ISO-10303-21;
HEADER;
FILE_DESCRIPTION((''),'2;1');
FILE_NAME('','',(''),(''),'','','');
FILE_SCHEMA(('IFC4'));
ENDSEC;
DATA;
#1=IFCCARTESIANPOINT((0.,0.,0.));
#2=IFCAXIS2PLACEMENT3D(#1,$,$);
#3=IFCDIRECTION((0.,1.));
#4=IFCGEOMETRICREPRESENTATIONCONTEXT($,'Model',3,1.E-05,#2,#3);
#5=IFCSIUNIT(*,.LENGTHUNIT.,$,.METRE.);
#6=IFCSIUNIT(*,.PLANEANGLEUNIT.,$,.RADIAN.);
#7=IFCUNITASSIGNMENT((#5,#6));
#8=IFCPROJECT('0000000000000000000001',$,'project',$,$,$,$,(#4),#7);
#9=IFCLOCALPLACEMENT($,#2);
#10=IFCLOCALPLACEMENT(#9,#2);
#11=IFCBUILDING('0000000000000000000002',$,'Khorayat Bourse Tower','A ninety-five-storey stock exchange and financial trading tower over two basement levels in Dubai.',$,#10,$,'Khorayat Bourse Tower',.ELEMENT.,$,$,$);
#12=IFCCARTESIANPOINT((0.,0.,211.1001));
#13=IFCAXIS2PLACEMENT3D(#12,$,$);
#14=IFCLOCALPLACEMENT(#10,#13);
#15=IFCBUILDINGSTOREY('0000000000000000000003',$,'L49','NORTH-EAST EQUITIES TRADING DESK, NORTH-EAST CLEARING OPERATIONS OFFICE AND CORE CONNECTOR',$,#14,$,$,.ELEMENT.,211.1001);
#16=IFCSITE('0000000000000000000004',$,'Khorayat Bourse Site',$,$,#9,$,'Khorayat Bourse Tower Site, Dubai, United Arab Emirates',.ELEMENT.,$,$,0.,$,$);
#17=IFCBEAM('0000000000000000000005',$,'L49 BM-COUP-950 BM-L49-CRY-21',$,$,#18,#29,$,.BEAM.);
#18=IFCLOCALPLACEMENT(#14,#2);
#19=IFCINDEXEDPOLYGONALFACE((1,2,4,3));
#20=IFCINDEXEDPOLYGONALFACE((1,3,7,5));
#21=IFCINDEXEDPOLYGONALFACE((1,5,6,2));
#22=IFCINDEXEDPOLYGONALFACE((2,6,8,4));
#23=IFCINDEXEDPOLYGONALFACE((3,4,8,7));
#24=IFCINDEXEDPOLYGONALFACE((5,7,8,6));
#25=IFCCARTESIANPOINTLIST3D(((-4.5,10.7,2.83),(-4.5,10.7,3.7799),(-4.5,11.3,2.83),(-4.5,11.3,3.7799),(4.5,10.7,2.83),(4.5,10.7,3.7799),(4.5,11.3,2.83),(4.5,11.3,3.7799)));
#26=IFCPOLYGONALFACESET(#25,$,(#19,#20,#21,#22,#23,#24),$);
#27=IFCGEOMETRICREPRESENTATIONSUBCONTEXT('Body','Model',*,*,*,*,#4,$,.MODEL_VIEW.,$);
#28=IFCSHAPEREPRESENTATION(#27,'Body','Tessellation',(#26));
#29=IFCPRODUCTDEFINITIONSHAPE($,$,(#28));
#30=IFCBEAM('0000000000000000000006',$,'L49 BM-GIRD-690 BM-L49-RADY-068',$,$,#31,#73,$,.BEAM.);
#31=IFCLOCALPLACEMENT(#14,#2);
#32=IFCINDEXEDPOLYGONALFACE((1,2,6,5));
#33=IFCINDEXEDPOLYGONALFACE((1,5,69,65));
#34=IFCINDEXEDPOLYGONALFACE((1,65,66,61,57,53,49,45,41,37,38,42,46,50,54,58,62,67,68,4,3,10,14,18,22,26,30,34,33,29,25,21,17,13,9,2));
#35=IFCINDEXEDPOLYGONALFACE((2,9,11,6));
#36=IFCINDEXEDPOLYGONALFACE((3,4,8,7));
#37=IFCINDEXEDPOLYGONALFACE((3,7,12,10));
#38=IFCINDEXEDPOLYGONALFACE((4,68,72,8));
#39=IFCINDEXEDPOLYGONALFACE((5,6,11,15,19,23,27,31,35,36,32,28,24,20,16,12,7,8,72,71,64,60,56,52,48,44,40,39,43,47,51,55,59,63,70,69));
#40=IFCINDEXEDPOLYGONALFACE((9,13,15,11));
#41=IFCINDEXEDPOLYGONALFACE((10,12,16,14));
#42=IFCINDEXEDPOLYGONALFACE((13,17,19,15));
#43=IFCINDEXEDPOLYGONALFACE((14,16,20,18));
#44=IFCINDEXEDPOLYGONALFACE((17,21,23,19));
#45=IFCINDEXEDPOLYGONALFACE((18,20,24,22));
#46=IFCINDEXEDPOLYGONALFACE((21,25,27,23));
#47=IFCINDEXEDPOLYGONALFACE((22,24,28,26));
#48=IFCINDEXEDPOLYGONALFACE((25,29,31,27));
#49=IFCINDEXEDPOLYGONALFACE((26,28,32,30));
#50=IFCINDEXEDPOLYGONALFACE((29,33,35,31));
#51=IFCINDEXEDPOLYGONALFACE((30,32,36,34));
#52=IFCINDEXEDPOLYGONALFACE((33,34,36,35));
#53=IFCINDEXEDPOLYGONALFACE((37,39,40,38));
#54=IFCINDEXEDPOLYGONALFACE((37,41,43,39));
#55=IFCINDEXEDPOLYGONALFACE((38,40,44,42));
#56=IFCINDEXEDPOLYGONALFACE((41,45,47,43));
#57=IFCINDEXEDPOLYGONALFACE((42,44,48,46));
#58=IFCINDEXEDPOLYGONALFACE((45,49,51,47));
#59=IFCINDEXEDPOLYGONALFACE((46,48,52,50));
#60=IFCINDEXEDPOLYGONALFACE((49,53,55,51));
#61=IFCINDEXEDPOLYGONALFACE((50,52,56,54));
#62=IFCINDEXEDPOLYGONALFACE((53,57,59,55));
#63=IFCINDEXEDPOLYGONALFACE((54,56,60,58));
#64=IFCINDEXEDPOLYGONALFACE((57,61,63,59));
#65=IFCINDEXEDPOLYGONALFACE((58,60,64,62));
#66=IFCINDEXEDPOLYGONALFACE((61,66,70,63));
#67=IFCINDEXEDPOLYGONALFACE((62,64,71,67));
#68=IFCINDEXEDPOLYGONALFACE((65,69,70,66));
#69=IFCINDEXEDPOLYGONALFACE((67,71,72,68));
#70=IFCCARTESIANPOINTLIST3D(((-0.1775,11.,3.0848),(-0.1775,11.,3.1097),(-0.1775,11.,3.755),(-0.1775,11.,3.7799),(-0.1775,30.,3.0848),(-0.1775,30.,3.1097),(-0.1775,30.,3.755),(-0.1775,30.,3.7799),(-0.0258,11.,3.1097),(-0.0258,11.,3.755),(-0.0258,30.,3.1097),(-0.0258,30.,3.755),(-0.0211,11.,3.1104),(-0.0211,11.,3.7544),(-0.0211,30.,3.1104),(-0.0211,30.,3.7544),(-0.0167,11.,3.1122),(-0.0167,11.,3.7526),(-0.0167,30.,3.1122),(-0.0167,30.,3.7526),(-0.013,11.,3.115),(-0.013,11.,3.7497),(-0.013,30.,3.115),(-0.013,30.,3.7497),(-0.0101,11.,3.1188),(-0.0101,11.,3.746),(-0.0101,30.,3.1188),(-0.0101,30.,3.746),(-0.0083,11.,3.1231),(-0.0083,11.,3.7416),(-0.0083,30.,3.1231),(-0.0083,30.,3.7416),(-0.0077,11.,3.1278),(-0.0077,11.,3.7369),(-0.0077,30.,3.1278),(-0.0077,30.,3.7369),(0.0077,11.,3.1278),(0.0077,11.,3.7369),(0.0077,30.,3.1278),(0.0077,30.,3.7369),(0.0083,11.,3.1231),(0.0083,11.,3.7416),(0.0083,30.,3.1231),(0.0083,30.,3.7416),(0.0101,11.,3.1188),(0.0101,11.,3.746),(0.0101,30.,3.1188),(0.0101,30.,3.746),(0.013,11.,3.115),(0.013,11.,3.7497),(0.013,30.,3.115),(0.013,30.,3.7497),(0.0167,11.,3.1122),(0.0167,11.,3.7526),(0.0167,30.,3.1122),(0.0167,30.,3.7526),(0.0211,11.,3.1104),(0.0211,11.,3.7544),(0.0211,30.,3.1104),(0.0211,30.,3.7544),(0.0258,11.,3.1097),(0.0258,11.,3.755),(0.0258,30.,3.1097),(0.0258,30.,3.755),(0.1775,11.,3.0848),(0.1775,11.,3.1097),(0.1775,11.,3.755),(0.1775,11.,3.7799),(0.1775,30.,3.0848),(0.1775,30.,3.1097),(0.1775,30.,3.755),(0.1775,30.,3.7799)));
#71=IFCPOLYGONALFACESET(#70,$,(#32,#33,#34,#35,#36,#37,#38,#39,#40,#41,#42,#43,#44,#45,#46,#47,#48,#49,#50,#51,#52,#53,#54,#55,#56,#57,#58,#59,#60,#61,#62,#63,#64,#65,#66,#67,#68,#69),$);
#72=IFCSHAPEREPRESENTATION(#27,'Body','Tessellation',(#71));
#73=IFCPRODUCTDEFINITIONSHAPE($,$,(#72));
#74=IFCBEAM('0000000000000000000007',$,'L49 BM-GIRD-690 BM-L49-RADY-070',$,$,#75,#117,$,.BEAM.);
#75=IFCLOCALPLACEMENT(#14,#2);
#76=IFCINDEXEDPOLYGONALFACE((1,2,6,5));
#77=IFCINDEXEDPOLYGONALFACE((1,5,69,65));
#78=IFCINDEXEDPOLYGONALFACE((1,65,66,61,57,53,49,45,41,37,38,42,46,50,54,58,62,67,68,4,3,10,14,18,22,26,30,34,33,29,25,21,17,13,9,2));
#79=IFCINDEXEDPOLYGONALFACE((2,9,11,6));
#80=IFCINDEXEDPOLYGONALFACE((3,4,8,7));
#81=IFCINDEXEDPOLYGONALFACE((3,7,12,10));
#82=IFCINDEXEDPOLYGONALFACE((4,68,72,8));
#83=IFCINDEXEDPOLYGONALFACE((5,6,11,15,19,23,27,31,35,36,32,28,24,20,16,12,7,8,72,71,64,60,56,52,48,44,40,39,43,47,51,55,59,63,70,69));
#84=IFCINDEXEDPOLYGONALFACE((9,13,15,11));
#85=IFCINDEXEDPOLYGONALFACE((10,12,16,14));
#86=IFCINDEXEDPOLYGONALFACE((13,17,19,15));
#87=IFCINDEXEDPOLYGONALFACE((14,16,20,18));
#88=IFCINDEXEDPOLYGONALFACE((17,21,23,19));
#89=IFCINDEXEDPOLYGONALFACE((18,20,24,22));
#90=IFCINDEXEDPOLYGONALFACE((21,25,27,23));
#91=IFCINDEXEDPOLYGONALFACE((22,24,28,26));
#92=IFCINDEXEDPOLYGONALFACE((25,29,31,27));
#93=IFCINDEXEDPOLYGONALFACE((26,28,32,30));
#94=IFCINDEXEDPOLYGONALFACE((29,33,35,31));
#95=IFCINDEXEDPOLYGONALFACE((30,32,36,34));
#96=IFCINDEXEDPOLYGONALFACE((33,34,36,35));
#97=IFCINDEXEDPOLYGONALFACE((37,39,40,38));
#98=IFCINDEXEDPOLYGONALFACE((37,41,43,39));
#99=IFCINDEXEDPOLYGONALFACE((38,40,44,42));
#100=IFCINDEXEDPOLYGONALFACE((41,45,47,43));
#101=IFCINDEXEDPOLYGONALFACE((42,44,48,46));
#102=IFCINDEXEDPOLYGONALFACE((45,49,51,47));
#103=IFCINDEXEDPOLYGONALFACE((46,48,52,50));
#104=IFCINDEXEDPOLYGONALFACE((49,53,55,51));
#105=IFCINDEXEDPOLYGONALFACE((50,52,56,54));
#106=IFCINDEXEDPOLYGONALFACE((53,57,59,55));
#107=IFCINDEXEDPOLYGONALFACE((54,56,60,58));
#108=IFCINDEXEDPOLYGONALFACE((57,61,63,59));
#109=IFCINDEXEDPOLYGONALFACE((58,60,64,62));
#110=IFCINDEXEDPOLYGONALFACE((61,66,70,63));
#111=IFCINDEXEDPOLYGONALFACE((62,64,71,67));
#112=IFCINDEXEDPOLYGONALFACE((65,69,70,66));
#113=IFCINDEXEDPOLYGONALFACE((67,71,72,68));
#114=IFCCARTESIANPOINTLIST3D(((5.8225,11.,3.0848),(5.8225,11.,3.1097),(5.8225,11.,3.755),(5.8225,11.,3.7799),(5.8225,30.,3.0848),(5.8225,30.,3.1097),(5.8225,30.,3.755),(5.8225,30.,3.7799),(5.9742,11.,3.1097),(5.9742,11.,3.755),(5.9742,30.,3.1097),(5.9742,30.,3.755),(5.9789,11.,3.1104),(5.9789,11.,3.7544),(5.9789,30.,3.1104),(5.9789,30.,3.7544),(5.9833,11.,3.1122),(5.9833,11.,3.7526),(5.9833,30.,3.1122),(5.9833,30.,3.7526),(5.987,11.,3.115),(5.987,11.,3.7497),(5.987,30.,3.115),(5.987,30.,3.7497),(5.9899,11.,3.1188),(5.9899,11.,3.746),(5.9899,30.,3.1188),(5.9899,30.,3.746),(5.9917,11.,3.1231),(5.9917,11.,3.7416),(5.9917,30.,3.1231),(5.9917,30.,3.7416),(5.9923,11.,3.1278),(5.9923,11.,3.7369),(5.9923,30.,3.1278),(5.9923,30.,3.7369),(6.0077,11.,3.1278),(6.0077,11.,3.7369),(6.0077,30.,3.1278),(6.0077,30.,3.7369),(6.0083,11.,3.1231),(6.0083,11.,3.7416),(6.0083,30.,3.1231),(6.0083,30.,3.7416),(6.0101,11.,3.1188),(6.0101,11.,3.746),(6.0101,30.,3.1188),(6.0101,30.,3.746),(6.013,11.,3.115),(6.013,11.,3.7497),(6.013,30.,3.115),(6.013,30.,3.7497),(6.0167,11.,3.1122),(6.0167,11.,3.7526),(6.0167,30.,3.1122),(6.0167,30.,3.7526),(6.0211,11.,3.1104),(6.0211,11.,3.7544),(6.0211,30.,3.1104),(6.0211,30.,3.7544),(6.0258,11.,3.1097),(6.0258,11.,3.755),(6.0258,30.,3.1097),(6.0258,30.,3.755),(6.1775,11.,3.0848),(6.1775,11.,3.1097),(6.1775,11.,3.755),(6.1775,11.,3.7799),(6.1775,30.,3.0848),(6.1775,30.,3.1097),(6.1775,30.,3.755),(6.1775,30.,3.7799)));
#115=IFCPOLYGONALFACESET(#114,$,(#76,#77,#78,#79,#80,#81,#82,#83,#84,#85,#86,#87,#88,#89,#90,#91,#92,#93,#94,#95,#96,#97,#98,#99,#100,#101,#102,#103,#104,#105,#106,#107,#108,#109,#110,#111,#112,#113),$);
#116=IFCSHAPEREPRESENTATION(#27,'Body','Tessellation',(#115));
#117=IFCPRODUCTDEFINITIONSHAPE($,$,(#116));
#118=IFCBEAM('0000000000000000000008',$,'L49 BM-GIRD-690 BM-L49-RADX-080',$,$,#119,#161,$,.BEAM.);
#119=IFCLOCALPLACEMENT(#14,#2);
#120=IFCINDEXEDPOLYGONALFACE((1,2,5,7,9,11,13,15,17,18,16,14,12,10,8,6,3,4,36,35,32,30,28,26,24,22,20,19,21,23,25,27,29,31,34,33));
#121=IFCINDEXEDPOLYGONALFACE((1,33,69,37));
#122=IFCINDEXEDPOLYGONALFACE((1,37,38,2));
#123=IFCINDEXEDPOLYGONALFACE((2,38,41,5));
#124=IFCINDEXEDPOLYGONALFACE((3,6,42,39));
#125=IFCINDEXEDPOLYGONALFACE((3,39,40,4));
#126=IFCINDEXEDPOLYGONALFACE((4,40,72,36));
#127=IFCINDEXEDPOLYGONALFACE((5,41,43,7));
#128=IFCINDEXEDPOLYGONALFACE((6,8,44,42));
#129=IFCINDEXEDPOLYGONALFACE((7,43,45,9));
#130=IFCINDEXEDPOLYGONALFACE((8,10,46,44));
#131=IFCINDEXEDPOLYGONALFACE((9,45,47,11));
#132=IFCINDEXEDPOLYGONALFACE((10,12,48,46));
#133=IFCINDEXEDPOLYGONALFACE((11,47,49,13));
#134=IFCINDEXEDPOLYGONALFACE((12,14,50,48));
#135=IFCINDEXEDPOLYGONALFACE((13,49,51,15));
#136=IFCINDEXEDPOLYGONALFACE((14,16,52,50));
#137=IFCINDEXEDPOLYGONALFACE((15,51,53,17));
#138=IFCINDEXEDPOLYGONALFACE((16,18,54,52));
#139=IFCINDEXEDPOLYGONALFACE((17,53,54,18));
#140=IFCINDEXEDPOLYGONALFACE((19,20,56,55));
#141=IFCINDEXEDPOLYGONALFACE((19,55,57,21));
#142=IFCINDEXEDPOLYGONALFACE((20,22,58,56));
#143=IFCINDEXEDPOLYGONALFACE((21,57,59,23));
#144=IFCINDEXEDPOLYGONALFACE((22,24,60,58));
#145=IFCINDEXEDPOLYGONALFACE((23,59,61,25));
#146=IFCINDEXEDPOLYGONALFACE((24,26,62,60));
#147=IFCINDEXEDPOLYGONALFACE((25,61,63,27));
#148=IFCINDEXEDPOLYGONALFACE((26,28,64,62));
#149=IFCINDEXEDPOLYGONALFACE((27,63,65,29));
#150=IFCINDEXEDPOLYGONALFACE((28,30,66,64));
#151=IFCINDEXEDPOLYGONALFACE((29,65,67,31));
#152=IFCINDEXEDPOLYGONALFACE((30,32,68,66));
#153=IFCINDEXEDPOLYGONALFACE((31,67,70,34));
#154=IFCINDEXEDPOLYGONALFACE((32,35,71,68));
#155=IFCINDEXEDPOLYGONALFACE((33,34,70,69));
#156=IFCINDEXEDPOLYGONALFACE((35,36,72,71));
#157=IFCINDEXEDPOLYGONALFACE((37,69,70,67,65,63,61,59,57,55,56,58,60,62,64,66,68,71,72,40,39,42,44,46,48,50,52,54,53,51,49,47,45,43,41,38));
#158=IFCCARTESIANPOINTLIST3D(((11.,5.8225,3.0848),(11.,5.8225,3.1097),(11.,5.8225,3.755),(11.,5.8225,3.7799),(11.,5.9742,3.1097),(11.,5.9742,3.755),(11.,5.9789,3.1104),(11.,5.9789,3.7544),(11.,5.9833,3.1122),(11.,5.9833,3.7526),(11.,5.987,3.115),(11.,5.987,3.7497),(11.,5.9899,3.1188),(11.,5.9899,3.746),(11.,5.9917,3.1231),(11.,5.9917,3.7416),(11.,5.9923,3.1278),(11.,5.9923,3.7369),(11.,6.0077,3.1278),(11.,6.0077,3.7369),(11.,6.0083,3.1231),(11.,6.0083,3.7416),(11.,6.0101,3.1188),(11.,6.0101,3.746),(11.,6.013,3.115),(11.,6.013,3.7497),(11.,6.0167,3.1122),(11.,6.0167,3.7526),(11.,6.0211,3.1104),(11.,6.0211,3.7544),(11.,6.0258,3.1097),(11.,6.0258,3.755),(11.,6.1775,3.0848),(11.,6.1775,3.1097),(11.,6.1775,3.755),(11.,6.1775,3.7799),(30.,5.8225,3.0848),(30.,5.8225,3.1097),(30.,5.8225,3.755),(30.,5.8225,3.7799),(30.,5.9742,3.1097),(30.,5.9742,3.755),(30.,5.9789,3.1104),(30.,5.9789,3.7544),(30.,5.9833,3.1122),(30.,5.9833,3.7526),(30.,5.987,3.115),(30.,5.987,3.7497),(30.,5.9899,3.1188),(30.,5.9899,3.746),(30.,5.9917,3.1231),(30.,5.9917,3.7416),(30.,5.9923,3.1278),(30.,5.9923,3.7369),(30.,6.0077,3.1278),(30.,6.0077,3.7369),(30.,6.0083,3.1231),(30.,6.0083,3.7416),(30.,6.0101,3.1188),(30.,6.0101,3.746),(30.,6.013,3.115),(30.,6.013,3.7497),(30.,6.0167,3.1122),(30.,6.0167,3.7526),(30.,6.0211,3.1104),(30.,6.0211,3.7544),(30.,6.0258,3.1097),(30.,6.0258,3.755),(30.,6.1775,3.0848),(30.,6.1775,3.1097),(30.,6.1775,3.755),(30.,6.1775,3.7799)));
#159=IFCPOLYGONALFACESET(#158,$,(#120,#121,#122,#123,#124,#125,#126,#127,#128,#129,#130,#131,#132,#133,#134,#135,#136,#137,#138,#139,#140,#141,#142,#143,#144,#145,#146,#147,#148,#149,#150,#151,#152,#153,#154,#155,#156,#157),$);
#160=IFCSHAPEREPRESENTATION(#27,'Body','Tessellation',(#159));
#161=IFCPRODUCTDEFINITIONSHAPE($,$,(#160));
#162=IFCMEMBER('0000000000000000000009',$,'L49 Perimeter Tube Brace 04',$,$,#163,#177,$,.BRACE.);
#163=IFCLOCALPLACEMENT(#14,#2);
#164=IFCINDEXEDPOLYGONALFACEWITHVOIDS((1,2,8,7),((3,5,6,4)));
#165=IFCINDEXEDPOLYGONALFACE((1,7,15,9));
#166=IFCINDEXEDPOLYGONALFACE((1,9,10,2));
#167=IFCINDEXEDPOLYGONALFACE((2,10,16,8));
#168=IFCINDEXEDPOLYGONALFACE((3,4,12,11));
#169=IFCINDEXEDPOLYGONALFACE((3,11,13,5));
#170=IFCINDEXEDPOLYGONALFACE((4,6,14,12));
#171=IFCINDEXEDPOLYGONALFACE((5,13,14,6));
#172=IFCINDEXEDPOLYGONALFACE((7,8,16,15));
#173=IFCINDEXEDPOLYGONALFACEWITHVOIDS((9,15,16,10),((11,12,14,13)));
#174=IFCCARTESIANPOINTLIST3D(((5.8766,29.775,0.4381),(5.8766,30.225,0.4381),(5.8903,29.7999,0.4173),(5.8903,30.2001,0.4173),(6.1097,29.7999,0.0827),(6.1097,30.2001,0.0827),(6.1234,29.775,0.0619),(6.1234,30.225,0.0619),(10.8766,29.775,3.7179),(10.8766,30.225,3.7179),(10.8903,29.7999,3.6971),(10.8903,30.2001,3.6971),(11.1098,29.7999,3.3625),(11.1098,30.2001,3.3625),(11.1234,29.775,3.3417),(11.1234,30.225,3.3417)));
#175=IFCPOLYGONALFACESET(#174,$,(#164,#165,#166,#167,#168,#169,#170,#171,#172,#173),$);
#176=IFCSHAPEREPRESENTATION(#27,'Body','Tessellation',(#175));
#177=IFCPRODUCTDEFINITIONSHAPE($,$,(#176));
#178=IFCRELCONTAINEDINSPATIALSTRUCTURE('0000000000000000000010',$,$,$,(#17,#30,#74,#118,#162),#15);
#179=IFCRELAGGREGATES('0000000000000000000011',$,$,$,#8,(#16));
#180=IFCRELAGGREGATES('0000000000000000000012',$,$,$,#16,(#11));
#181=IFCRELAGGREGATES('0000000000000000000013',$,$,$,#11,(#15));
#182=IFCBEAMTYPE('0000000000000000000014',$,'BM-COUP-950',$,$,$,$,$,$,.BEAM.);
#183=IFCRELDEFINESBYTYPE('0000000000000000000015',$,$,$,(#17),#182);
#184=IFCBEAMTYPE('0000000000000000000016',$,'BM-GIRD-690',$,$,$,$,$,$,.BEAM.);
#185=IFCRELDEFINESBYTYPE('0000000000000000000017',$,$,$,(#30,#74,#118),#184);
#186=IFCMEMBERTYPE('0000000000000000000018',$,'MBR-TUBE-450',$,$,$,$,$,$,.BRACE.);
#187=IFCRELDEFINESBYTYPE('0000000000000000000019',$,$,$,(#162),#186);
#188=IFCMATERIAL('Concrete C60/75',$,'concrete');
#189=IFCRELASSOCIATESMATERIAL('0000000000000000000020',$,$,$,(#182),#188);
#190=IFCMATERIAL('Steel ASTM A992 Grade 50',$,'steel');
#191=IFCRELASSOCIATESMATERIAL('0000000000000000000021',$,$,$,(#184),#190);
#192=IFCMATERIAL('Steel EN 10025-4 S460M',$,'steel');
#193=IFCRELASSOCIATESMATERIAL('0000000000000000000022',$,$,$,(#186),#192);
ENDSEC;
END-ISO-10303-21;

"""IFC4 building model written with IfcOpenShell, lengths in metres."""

from ifc_helpers import new_model, si_unit, direction, frame, origin, origin_2d, place, context, subcontext, project, spatial, rectangle, hollow_rectangle, i_section, extrude, source, transform, mapped, material, material_profile, profile_set, type_object, element, save


model = new_model("IFC4")

# Units and contexts
model_context = context("Model", 3, precision=1e-05, world=origin(), true_north=direction((0.0, 1.0)))
body_context = subcontext(model_context, "Body", "Model", "MODEL_VIEW")
ifc_project = project(units=[si_unit("LENGTHUNIT", "METRE"), si_unit("PLANEANGLEUNIT", "RADIAN")], contexts=[model_context])

# Site, building, storey
site_placement = place(None, origin())
site = spatial("IfcSite", under=ifc_project, at=site_placement, Name="Khorayat Bourse Site", LongName="Khorayat Bourse Tower Site, Dubai, United Arab Emirates", CompositionType="ELEMENT", RefElevation=0.0)
building_placement = place(site_placement, origin())
building = spatial("IfcBuilding", under=site, at=building_placement, Name="Khorayat Bourse Tower", Description="A ninety-five-storey stock exchange and financial trading tower over two basement levels in Dubai.", LongName="Khorayat Bourse Tower", CompositionType="ELEMENT")
storey_placement = place(building_placement, frame((0.0, 0.0, 211.1001)))
storey = spatial("IfcBuildingStorey", under=building, at=storey_placement, Name="L49", Description="NORTH-EAST EQUITIES TRADING DESK, NORTH-EAST CLEARING OPERATIONS OFFICE AND CORE CONNECTOR", CompositionType="ELEMENT", Elevation=211.1001)

# Shared definitions
ifc_material_1 = material(Name="Concrete C60/75", Category="concrete")
ifc_material_2 = material(Name="Steel EN 10025-4 S460M", Category="steel")

# Beams
ifc_material_3 = material(Name="Steel ASTM A992 Grade 50", Category="steel")
ifc_material_profile_1 = material_profile(ifc_material_1, rectangle(XDim=0.6001, YDim=0.95, at=origin_2d()), Name="RC 600x950")
ifc_profile_set_1 = profile_set([ifc_material_profile_1], Name="Concrete C60/75")
beam_type_1 = type_object("IfcBeamType", Name="BM-COUP-950", PredefinedType="BEAM", material=ifc_profile_set_1)
shared_shape_1 = source(origin(), body_context, "Body", "SweptSolid", [
    extrude(rectangle(XDim=0.6001, YDim=0.95, at=origin_2d()), origin(), (0.0, 0.0, 1.0), 9.0),
])
beam_1_placement = place(storey_placement, frame((-4.5, 11.0, 3.3049), z_axis=(1.0, 0.0, 0.0), x_axis=(0.0, 1.0, 0.0)))
element("IfcBeam", 1, at=beam_1_placement, inside=storey, type_object=beam_type_1, Name="L49 BM-COUP-950 BM-L49-CRY-21", PredefinedType="BEAM", context=body_context, shape_type="MappedRepresentation", body=[
    mapped(shared_shape_1, transform((0.0, 0.0, 0.0), scale=1.0)),
])
ifc_material_profile_2 = material_profile(ifc_material_3, i_section(OverallWidth=0.355, OverallDepth=0.6951, WebThickness=0.0154, FlangeThickness=0.0249, FilletRadius=0.0181, at=origin_2d()), Name="W690X217")
ifc_profile_set_2 = profile_set([ifc_material_profile_2], Name="Steel ASTM A992 Grade 50")
beam_type_2 = type_object("IfcBeamType", Name="BM-GIRD-690", PredefinedType="BEAM", material=ifc_profile_set_2)
shared_shape_2 = source(origin(), body_context, "Body", "SweptSolid", [
    extrude(i_section(OverallWidth=0.355, OverallDepth=0.6951, WebThickness=0.0154, FlangeThickness=0.0249, FilletRadius=0.0181, at=origin_2d()), origin(), (0.0, 0.0, 1.0), 19.0),
])
for number, where, z_axis, x_axis, name in (
    (2, (0.0, 11.0, 3.4324), (0.0, 1.0, 0.0), (-1.0, 0.0, 0.0), "L49 BM-GIRD-690 BM-L49-RADY-068"),
    (3, (6.0, 11.0, 3.4324), (0.0, 1.0, 0.0), (-1.0, 0.0, 0.0), "L49 BM-GIRD-690 BM-L49-RADY-070"),
    (4, (11.0, 6.0, 3.4324), (1.0, 0.0, 0.0), (0.0, 1.0, 0.0), "L49 BM-GIRD-690 BM-L49-RADX-080"),
):
    element("IfcBeam", number, at=place(storey_placement, frame(where, z_axis=z_axis, x_axis=x_axis)), inside=storey, type_object=beam_type_2, Name=name, PredefinedType="BEAM", context=body_context, shape_type="MappedRepresentation", body=[
        mapped(shared_shape_2, transform((0.0, 0.0, 0.0), scale=1.0)),
    ])

# Member
ifc_material_profile_3 = material_profile(ifc_material_2, hollow_rectangle(XDim=0.45, YDim=0.45, WallThickness=0.0249, at=origin_2d()), Name="HSS 450x450x25")
ifc_profile_set_3 = profile_set([ifc_material_profile_3], Name="Steel EN 10025-4 S460M")
member_type_1 = type_object("IfcMemberType", Name="MBR-TUBE-450", PredefinedType="BRACE", material=ifc_profile_set_3)
shared_shape_3 = source(origin(), body_context, "Body", "SweptSolid", [
    extrude(hollow_rectangle(XDim=0.45, YDim=0.45, WallThickness=0.0249, at=origin_2d()), origin(), (0.0, 0.0, 1.0), 5.9797),
])
member_1_placement = place(storey_placement, frame((6.0, 30.0, 0.25), z_axis=(0.83616, 0.0, 0.548485), x_axis=(0.0, 1.0, 0.0)))
element("IfcMember", 5, at=member_1_placement, inside=storey, type_object=member_type_1, Name="L49 Perimeter Tube Brace 04", PredefinedType="BRACE", context=body_context, shape_type="MappedRepresentation", body=[
    mapped(shared_shape_3, transform((0.0, 0.0, 0.0), scale=1.0)),
])

save(model, "model.ifc")
